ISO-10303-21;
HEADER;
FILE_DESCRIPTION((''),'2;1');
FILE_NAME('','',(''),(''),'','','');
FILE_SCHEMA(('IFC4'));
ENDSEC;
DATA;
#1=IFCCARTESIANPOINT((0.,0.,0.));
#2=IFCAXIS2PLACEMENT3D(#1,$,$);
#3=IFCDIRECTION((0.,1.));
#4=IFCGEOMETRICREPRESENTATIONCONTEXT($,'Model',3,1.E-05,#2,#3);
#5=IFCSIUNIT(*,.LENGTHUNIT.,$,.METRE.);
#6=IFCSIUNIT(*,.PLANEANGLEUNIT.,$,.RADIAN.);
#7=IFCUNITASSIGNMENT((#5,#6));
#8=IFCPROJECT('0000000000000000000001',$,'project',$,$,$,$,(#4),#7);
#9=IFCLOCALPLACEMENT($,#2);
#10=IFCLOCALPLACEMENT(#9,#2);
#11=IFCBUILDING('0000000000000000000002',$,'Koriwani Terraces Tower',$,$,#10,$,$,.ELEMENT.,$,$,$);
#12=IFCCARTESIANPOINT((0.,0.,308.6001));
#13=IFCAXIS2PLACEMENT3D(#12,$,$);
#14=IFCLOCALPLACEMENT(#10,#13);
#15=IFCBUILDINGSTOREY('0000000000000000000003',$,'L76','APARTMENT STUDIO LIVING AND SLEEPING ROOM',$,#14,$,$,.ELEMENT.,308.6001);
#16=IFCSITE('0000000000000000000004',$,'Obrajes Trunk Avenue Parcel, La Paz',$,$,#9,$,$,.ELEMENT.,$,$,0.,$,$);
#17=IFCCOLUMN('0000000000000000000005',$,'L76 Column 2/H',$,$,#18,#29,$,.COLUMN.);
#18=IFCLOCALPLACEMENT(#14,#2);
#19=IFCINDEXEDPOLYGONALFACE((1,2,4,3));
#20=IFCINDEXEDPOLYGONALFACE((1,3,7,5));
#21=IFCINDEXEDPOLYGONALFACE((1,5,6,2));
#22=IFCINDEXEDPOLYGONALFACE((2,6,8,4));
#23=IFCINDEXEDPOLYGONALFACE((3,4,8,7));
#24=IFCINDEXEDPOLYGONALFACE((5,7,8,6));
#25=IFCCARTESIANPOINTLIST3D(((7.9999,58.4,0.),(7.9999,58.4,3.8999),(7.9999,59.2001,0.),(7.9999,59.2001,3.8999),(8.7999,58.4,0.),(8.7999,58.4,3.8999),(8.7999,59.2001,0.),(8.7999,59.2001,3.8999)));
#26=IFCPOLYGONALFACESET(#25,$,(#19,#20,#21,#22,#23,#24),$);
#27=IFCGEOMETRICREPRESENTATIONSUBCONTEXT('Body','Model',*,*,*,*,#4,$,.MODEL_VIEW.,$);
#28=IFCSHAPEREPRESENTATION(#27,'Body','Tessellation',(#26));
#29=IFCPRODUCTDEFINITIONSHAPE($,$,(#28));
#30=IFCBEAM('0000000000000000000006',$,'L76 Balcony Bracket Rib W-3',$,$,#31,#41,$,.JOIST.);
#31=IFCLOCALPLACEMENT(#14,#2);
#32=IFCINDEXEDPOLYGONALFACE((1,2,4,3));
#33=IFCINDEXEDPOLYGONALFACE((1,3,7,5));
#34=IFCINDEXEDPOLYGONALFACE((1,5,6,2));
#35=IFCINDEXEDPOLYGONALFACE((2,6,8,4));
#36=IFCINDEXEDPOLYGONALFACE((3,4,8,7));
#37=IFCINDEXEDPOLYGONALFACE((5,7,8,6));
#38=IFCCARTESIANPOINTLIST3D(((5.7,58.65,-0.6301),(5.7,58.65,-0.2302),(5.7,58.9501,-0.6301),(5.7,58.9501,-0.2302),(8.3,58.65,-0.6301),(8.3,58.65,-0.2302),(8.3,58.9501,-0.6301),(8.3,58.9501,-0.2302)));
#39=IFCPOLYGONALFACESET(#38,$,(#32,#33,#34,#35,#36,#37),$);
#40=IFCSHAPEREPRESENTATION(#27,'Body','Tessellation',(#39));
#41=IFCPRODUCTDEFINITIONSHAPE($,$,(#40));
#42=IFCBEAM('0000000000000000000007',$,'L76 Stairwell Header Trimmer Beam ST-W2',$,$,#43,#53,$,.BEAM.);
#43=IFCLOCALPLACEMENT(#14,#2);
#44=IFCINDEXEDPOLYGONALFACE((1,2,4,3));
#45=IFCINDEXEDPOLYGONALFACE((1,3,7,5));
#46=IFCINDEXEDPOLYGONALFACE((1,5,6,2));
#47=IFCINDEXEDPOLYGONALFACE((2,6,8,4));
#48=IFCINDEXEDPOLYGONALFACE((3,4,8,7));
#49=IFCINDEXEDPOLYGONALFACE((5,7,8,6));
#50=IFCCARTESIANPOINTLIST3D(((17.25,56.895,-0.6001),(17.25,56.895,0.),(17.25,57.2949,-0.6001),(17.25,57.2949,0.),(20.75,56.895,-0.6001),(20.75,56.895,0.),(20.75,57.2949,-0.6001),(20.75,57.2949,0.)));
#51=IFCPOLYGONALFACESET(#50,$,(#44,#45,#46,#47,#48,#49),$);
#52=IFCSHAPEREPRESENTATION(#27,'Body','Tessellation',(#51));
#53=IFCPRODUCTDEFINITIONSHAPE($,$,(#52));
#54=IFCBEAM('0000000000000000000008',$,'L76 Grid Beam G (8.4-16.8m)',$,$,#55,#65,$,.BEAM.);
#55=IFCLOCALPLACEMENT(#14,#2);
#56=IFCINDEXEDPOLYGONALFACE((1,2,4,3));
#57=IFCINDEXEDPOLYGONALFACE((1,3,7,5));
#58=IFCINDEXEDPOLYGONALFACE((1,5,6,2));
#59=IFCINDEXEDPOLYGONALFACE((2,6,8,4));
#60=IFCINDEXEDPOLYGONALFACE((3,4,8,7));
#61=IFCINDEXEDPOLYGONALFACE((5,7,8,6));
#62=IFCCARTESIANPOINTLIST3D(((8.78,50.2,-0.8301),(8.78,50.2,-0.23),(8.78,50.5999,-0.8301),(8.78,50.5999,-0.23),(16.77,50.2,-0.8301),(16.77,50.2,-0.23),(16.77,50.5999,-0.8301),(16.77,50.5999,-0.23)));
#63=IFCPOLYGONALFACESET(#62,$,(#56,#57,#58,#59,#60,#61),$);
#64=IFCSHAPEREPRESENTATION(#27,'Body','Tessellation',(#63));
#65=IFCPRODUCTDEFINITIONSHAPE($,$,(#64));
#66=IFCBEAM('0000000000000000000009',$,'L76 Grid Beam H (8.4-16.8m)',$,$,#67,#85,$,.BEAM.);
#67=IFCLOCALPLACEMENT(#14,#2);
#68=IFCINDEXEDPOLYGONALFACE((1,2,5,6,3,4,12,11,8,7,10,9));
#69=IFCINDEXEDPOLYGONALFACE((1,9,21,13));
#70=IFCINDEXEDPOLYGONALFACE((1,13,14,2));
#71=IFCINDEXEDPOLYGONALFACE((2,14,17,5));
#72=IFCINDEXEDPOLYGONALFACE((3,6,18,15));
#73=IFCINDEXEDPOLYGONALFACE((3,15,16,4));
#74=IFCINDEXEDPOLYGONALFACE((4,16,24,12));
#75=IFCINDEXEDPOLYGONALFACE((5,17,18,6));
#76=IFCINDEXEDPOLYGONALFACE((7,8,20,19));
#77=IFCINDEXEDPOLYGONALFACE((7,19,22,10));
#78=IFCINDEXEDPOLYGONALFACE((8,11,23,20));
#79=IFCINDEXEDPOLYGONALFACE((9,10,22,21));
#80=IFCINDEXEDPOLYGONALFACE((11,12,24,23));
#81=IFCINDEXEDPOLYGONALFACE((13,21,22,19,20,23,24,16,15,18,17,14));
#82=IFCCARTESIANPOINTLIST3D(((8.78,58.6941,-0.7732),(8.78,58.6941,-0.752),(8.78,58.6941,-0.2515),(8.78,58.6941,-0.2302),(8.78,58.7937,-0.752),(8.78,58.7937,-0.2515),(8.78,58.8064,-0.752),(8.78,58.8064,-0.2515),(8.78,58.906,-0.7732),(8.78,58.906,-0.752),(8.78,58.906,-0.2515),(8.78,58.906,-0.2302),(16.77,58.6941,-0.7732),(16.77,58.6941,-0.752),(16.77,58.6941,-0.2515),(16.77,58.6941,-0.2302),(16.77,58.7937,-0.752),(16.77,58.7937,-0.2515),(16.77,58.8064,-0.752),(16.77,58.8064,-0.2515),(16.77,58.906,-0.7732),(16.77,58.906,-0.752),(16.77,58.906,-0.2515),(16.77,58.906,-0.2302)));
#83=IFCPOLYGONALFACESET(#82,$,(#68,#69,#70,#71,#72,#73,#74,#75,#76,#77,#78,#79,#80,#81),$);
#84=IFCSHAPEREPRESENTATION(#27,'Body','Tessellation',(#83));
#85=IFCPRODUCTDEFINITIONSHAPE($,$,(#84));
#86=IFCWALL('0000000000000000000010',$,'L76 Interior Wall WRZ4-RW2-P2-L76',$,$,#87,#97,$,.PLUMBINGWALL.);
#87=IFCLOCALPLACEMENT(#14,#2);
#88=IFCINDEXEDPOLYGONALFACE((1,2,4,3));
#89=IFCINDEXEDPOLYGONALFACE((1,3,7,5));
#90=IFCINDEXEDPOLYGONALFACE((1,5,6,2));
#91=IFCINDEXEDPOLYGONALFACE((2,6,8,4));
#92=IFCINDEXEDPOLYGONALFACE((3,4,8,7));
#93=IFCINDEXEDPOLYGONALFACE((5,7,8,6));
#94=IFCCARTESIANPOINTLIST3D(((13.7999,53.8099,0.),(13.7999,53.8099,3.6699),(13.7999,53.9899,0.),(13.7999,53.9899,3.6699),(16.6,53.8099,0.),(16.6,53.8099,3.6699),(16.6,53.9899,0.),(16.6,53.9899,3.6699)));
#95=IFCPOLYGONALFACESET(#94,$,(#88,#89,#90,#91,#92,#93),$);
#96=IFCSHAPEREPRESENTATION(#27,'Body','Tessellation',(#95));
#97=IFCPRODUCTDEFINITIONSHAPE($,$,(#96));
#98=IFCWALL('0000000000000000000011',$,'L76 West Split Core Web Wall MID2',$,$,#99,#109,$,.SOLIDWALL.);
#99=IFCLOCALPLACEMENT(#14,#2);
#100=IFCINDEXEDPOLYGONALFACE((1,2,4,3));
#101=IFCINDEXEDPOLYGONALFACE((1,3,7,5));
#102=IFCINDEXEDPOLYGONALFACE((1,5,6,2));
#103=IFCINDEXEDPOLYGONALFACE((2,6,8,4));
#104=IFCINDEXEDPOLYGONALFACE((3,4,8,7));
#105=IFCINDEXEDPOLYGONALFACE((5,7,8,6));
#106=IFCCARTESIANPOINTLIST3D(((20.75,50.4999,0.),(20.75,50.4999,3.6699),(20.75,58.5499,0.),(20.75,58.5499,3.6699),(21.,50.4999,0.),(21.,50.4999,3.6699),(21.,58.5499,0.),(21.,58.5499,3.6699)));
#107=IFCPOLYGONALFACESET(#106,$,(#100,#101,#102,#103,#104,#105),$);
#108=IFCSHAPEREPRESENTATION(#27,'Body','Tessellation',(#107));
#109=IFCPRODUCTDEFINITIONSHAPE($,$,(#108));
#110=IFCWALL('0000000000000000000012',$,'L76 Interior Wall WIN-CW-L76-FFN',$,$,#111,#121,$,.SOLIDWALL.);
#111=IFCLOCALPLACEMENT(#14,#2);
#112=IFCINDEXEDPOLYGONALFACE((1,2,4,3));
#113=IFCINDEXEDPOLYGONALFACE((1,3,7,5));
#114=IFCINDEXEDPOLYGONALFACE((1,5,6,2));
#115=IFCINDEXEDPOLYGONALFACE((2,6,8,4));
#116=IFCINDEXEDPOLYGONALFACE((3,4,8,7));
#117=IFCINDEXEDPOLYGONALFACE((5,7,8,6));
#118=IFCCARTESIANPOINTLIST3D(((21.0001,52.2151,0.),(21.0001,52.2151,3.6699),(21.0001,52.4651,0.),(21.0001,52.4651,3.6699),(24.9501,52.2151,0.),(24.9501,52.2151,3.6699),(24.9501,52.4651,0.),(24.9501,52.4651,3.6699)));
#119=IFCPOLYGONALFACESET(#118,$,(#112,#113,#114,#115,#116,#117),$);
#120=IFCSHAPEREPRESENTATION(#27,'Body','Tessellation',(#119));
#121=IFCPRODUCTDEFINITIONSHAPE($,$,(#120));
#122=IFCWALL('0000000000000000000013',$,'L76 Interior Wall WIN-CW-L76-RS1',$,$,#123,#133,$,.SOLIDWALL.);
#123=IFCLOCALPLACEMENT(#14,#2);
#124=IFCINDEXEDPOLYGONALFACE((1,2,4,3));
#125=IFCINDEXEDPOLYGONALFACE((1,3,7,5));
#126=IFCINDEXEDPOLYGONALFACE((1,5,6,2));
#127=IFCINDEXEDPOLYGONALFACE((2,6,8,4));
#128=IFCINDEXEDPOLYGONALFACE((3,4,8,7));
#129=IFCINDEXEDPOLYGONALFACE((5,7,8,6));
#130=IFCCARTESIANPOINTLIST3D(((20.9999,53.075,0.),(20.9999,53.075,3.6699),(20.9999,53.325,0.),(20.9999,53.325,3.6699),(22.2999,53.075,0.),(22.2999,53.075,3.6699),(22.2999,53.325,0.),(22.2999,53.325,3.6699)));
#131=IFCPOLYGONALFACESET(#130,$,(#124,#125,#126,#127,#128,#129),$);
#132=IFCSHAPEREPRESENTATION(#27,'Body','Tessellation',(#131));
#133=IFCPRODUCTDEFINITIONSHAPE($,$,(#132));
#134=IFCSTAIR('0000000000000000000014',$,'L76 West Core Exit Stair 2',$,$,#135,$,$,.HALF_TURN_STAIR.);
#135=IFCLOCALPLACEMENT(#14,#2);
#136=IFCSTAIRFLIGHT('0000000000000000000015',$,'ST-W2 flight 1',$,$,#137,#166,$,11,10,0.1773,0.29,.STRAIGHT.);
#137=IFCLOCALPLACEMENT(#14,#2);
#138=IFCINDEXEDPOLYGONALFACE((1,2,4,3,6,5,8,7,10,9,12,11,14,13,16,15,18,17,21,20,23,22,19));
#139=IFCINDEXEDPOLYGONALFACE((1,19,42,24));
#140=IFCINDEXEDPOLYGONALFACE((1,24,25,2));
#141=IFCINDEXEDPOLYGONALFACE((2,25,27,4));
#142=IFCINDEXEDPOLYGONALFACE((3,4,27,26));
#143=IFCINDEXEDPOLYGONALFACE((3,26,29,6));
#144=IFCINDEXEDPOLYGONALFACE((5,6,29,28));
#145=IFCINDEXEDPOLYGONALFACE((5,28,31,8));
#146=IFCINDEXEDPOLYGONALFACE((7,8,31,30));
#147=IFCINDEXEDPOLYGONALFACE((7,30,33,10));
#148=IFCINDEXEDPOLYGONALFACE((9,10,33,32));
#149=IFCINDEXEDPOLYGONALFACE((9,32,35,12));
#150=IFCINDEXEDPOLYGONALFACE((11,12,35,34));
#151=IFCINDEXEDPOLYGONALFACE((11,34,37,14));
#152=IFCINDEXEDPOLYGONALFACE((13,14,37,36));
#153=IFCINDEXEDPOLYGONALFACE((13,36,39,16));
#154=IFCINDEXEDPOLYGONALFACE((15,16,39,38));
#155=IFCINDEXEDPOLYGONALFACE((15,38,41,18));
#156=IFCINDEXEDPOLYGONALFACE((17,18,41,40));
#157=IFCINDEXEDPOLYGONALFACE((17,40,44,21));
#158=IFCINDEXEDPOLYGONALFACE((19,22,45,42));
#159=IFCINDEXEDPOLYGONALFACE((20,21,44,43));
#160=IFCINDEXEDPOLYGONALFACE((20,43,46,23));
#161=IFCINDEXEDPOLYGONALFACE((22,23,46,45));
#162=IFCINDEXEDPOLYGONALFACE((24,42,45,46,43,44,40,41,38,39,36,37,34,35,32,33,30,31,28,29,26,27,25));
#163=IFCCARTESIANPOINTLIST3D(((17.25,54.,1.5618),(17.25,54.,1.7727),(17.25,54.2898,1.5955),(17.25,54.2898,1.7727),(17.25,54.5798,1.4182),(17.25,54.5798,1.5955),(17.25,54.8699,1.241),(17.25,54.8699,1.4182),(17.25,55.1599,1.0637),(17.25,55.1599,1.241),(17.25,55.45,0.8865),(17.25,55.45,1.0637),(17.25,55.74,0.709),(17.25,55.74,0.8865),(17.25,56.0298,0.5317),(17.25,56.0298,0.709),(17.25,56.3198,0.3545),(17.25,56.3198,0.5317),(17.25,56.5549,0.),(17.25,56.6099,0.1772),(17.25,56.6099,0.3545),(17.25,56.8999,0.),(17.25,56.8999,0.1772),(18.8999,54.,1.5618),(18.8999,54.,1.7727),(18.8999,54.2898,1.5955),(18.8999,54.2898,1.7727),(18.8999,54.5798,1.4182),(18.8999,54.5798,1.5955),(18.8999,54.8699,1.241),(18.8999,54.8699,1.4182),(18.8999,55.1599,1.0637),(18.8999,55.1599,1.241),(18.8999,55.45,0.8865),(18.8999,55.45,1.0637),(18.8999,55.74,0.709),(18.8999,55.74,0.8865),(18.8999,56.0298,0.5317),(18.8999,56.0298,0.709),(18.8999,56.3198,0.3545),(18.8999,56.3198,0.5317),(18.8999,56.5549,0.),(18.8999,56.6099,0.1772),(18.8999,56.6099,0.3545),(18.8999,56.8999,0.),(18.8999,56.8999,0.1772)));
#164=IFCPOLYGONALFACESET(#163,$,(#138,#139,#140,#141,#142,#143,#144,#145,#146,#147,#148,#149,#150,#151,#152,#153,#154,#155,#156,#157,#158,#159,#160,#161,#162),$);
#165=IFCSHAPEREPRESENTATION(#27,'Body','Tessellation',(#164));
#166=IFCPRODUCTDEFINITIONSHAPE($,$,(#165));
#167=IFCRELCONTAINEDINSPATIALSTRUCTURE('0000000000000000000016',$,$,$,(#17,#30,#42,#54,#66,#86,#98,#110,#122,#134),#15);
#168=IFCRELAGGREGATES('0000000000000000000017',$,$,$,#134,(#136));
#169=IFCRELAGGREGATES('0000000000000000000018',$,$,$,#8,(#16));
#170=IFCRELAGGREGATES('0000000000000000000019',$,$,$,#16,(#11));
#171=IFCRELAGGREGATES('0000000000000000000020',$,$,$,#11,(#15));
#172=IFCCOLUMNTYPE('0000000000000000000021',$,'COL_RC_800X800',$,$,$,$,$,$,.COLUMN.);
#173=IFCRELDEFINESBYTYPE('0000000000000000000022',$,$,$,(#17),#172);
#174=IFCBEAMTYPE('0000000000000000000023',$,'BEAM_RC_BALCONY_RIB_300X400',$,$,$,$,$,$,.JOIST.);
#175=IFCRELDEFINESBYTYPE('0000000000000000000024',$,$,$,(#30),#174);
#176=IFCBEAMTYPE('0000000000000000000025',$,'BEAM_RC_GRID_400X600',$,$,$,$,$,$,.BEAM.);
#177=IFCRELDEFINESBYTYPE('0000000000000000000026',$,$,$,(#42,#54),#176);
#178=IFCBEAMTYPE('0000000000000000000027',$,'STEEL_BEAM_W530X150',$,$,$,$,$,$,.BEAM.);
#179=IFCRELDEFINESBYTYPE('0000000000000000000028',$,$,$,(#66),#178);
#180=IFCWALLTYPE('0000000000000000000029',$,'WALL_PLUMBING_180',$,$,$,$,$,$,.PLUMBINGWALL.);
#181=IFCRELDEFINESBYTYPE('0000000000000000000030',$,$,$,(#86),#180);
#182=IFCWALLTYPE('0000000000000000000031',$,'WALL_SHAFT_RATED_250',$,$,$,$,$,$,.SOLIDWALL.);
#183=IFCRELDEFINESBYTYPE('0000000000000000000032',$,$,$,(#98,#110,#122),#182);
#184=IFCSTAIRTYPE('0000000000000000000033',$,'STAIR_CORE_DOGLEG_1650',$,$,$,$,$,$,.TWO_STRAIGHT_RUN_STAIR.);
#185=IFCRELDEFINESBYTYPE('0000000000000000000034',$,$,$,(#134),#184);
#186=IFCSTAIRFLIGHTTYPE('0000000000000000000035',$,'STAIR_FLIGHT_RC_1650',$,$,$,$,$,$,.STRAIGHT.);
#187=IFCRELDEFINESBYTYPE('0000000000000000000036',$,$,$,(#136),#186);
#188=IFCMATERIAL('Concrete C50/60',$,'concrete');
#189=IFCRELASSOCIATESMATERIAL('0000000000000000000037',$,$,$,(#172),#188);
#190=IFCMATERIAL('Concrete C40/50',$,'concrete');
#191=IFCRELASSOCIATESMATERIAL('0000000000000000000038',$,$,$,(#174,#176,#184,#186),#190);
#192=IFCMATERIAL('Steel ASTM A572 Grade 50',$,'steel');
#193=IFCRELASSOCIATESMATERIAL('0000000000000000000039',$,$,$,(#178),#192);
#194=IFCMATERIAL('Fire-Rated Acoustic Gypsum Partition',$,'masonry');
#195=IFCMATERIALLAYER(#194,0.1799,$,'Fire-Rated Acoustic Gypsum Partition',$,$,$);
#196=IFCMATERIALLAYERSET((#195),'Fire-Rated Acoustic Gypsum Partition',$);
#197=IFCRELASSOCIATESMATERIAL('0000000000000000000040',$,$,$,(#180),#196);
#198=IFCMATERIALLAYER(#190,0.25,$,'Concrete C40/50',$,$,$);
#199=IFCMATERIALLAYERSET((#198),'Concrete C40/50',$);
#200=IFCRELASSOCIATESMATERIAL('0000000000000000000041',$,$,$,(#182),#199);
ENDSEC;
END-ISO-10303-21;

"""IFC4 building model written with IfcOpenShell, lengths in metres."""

from ifc_helpers import new_model, si_unit, direction, frame, frame_2d, origin, origin_2d, place, context, subcontext, project, spatial, polyline, rectangle, i_section, outline, extrude, material, layer, layer_set, material_profile, profile_set, type_object, element, aggregate, save


model = new_model("IFC4")

# Units and contexts
model_context = context("Model", 3, precision=1e-05, world=origin(), true_north=direction((0.0, 1.0)))
body_context = subcontext(model_context, "Body", "Model", "MODEL_VIEW")
ifc_project = project(units=[si_unit("LENGTHUNIT", "METRE"), si_unit("PLANEANGLEUNIT", "RADIAN")], contexts=[model_context])

# Site, building, storey
site_placement = place(None, origin())
site = spatial("IfcSite", under=ifc_project, at=site_placement, Name="Obrajes Trunk Avenue Parcel, La Paz", CompositionType="ELEMENT", RefElevation=0.0)
building_placement = place(site_placement, origin())
building = spatial("IfcBuilding", under=site, at=building_placement, Name="Koriwani Terraces Tower", CompositionType="ELEMENT")
storey_placement = place(building_placement, frame((0.0, 0.0, 308.6001)))
storey = spatial("IfcBuildingStorey", under=building, at=storey_placement, Name="L76", Description="APARTMENT STUDIO LIVING AND SLEEPING ROOM", CompositionType="ELEMENT", Elevation=308.6001)

# Column
ifc_material_1 = material(Name="Concrete C50/60", Category="concrete")
ifc_material_profile_1 = material_profile(ifc_material_1, rectangle(XDim=0.8, YDim=0.8, at=origin_2d()), Name="Concrete C50/60", Category="LoadBearing")
ifc_profile_set_1 = profile_set([ifc_material_profile_1], Name="Concrete C50/60")
column_type = type_object("IfcColumnType", Name="COL_RC_800X800", PredefinedType="COLUMN", material=ifc_profile_set_1)
column_placement = place(storey_placement, frame((8.3999, 58.8, 0.0), z_axis=(0.0, 0.0, 1.0), x_axis=(1.0, 0.0, 0.0)))
element("IfcColumn", 1, at=column_placement, inside=storey, type_object=column_type, Name="L76 Column 2/H", PredefinedType="COLUMN", context=body_context, shape_type="SweptSolid", body=[
    extrude(rectangle(XDim=0.8, YDim=0.8, at=origin_2d()), origin(), (0.0, 0.0, 1.0), 3.8999),
])

# Beams
ifc_material_2 = material(Name="Concrete C40/50", Category="concrete")
ifc_material_profile_2 = material_profile(ifc_material_2, rectangle(XDim=0.3, YDim=0.3999, at=origin_2d()), Name="Concrete C40/50", Category="LoadBearing")
ifc_profile_set_2 = profile_set([ifc_material_profile_2], Name="Concrete C40/50")
beam_type_1 = type_object("IfcBeamType", Name="BEAM_RC_BALCONY_RIB_300X400", PredefinedType="JOIST", material=ifc_profile_set_2)
beam_1_placement = place(storey_placement, frame((5.7, 58.8, -0.4302), z_axis=(1.0, 0.0, 0.0), x_axis=(0.0, 1.0, 0.0)))
element("IfcBeam", 2, at=beam_1_placement, inside=storey, type_object=beam_type_1, Name="L76 Balcony Bracket Rib W-3", PredefinedType="JOIST", context=body_context, shape_type="SweptSolid", body=[
    extrude(rectangle(XDim=0.3, YDim=0.3999, at=origin_2d()), origin(), (0.0, 0.0, 1.0), 2.6001),
])
ifc_material_profile_3 = material_profile(ifc_material_2, rectangle(XDim=0.3999, YDim=0.6001, at=origin_2d()), Name="Concrete C40/50", Category="LoadBearing")
ifc_profile_set_3 = profile_set([ifc_material_profile_3], Name="Concrete C40/50")
beam_type_2 = type_object("IfcBeamType", Name="BEAM_RC_GRID_400X600", PredefinedType="BEAM", material=ifc_profile_set_3)
beam_2_placement = place(storey_placement, frame((17.25, 57.095, -0.3), z_axis=(1.0, 0.0, 0.0), x_axis=(0.0, 1.0, 0.0)))
element("IfcBeam", 3, at=beam_2_placement, inside=storey, type_object=beam_type_2, Name="L76 Stairwell Header Trimmer Beam ST-W2", PredefinedType="BEAM", context=body_context, shape_type="SweptSolid", body=[
    extrude(rectangle(XDim=0.3999, YDim=0.6001, at=origin_2d()), origin(), (0.0, 0.0, 1.0), 3.5),
])
beam_3_placement = place(storey_placement, frame((8.78, 50.3999, -0.53), z_axis=(1.0, 0.0, 0.0), x_axis=(0.0, 1.0, 0.0)))
element("IfcBeam", 4, at=beam_3_placement, inside=storey, type_object=beam_type_2, Name="L76 Grid Beam G (8.4-16.8m)", PredefinedType="BEAM", context=body_context, shape_type="SweptSolid", body=[
    extrude(rectangle(XDim=0.3999, YDim=0.6001, at=origin_2d()), origin(), (0.0, 0.0, 1.0), 7.99),
])
ifc_material_3 = material(Name="Steel ASTM A572 Grade 50", Category="steel")
ifc_material_profile_4 = material_profile(ifc_material_3, i_section(OverallWidth=0.2119, OverallDepth=0.543, WebThickness=0.0127, FlangeThickness=0.0212, at=origin_2d()), Name="Steel ASTM A572 Grade 50", Category="LoadBearing")
ifc_profile_set_4 = profile_set([ifc_material_profile_4], Name="Steel ASTM A572 Grade 50")
beam_type_3 = type_object("IfcBeamType", Name="STEEL_BEAM_W530X150", PredefinedType="BEAM", material=ifc_profile_set_4)
beam_4_placement = place(storey_placement, frame((8.78, 58.8, -0.5017), z_axis=(1.0, 0.0, 0.0), x_axis=(0.0, 1.0, 0.0)))
element("IfcBeam", 5, at=beam_4_placement, inside=storey, type_object=beam_type_3, Name="L76 Grid Beam H (8.4-16.8m)", PredefinedType="BEAM", context=body_context, shape_type="SweptSolid", body=[
    extrude(i_section(OverallWidth=0.2119, OverallDepth=0.543, WebThickness=0.0127, FlangeThickness=0.0212, at=origin_2d()), origin(), (0.0, 0.0, 1.0), 7.99),
])

# Walls
ifc_material_4 = material(Name="Fire-Rated Acoustic Gypsum Partition", Category="masonry")
ifc_layer_1 = layer(ifc_material_4, 0.1799, Name="Fire-Rated Acoustic Gypsum Partition")
ifc_layer_set_1 = layer_set([ifc_layer_1], Name="Fire-Rated Acoustic Gypsum Partition")
wall_type_1 = type_object("IfcWallType", Name="WALL_PLUMBING_180", PredefinedType="PLUMBINGWALL", material=ifc_layer_set_1)
wall_1_placement = place(storey_placement, frame((13.8, 53.8999, 0.0), z_axis=(0.0, 0.0, 1.0), x_axis=(1.0, 0.0, 0.0)))
element("IfcWall", 6, at=wall_1_placement, inside=storey, type_object=wall_type_1, Name="L76 Interior Wall WRZ4-RW2-P2-L76", PredefinedType="PLUMBINGWALL", context=body_context, shape_type="SweptSolid", body=[
    extrude(rectangle(XDim=2.8, YDim=0.1799, at=frame_2d((1.3999, 0.0))), origin(), (0.0, 0.0, 1.0), 3.6699),
])
ifc_layer_2 = layer(ifc_material_2, 0.25, Name="Concrete C40/50")
ifc_layer_set_2 = layer_set([ifc_layer_2], Name="Concrete C40/50")
wall_type_2 = type_object("IfcWallType", Name="WALL_SHAFT_RATED_250", PredefinedType="SOLIDWALL", material=ifc_layer_set_2)
wall_2_placement = place(storey_placement, frame((20.875, 50.5, 0.0), z_axis=(0.0, 0.0, 1.0), x_axis=(0.0, 1.0, 0.0)))
element("IfcWall", 7, at=wall_2_placement, inside=storey, type_object=wall_type_2, Name="L76 West Split Core Web Wall MID2", PredefinedType="SOLIDWALL", context=body_context, shape_type="SweptSolid", body=[
    extrude(rectangle(XDim=8.05, YDim=0.25, at=frame_2d((4.0249, 0.0))), origin(), (0.0, 0.0, 1.0), 3.6699),
])

# Walls
wall_3_placement = place(storey_placement, frame((21.0, 52.3401, 0.0), z_axis=(0.0, 0.0, 1.0), x_axis=(1.0, 0.0, 0.0)))
element("IfcWall", 8, at=wall_3_placement, inside=storey, type_object=wall_type_2, Name="L76 Interior Wall WIN-CW-L76-FFN", PredefinedType="SOLIDWALL", context=body_context, shape_type="SweptSolid", body=[
    extrude(rectangle(XDim=3.95, YDim=0.25, at=frame_2d((1.9751, 0.0))), origin(), (0.0, 0.0, 1.0), 3.6699),
])
wall_4_placement = place(storey_placement, frame((21.0, 53.2, 0.0), z_axis=(0.0, 0.0, 1.0), x_axis=(1.0, 0.0, 0.0)))
element("IfcWall", 9, at=wall_4_placement, inside=storey, type_object=wall_type_2, Name="L76 Interior Wall WIN-CW-L76-RS1", PredefinedType="SOLIDWALL", context=body_context, shape_type="SweptSolid", body=[
    extrude(rectangle(XDim=1.3, YDim=0.25, at=frame_2d((0.6499, 0.0))), origin(), (0.0, 0.0, 1.0), 3.6699),
])

# Stair, stair flight
stair_type = type_object("IfcStairType", Name="STAIR_CORE_DOGLEG_1650", PredefinedType="TWO_STRAIGHT_RUN_STAIR", material=ifc_material_2)
stair_placement = place(storey_placement, origin())
stair = element("IfcStair", 10, at=stair_placement, inside=storey, type_object=stair_type, Name="L76 West Core Exit Stair 2", PredefinedType="HALF_TURN_STAIR")
stair_flight_type = type_object("IfcStairFlightType", Name="STAIR_FLIGHT_RC_1650", PredefinedType="STRAIGHT", material=ifc_material_2)
stair_flight_1_placement = place(storey_placement, frame((18.075, 56.8999, 0.0), z_axis=(0.0, 0.0, 1.0), x_axis=(0.0, -1.0, 0.0)))
stair_flight_1 = element("IfcStairFlight", 11, at=stair_flight_1_placement, type_object=stair_flight_type, Name="ST-W2 flight 1", NumberOfRisers=11, NumberOfTreads=10, PredefinedType="STRAIGHT", RiserHeight=0.1773, TreadLength=0.29, context=body_context, shape_type="SweptSolid", body=[
    extrude(outline(polyline([(0.0, 0.0), (0.0, 0.1772), (0.29, 0.1772), (0.29, 0.3545), (0.5801, 0.3545), (0.5801, 0.5317), (0.8701, 0.5317), (0.8701, 0.709), (1.1599, 0.709), (1.1599, 0.8865), (1.45, 0.8865), (1.45, 1.0637), (1.74, 1.0637), (1.74, 1.241), (2.03, 1.241), (2.03, 1.4182), (2.3201, 1.4182), (2.3201, 1.5955), (2.6101, 1.5955), (2.6101, 1.7727), (2.8999, 1.7727), (2.8999, 1.95), (2.8999, 1.5618), (0.345, 0.0), (0.0, 0.0)])), frame((0.0, 0.825, 0.0), z_axis=(0.0, -1.0, 0.0), x_axis=(1.0, 0.0, 0.0)), (0.0, 0.0, 1.0), 1.6499),
])
aggregate(stair, [stair_flight_1])

save(model, "model.ifc")
